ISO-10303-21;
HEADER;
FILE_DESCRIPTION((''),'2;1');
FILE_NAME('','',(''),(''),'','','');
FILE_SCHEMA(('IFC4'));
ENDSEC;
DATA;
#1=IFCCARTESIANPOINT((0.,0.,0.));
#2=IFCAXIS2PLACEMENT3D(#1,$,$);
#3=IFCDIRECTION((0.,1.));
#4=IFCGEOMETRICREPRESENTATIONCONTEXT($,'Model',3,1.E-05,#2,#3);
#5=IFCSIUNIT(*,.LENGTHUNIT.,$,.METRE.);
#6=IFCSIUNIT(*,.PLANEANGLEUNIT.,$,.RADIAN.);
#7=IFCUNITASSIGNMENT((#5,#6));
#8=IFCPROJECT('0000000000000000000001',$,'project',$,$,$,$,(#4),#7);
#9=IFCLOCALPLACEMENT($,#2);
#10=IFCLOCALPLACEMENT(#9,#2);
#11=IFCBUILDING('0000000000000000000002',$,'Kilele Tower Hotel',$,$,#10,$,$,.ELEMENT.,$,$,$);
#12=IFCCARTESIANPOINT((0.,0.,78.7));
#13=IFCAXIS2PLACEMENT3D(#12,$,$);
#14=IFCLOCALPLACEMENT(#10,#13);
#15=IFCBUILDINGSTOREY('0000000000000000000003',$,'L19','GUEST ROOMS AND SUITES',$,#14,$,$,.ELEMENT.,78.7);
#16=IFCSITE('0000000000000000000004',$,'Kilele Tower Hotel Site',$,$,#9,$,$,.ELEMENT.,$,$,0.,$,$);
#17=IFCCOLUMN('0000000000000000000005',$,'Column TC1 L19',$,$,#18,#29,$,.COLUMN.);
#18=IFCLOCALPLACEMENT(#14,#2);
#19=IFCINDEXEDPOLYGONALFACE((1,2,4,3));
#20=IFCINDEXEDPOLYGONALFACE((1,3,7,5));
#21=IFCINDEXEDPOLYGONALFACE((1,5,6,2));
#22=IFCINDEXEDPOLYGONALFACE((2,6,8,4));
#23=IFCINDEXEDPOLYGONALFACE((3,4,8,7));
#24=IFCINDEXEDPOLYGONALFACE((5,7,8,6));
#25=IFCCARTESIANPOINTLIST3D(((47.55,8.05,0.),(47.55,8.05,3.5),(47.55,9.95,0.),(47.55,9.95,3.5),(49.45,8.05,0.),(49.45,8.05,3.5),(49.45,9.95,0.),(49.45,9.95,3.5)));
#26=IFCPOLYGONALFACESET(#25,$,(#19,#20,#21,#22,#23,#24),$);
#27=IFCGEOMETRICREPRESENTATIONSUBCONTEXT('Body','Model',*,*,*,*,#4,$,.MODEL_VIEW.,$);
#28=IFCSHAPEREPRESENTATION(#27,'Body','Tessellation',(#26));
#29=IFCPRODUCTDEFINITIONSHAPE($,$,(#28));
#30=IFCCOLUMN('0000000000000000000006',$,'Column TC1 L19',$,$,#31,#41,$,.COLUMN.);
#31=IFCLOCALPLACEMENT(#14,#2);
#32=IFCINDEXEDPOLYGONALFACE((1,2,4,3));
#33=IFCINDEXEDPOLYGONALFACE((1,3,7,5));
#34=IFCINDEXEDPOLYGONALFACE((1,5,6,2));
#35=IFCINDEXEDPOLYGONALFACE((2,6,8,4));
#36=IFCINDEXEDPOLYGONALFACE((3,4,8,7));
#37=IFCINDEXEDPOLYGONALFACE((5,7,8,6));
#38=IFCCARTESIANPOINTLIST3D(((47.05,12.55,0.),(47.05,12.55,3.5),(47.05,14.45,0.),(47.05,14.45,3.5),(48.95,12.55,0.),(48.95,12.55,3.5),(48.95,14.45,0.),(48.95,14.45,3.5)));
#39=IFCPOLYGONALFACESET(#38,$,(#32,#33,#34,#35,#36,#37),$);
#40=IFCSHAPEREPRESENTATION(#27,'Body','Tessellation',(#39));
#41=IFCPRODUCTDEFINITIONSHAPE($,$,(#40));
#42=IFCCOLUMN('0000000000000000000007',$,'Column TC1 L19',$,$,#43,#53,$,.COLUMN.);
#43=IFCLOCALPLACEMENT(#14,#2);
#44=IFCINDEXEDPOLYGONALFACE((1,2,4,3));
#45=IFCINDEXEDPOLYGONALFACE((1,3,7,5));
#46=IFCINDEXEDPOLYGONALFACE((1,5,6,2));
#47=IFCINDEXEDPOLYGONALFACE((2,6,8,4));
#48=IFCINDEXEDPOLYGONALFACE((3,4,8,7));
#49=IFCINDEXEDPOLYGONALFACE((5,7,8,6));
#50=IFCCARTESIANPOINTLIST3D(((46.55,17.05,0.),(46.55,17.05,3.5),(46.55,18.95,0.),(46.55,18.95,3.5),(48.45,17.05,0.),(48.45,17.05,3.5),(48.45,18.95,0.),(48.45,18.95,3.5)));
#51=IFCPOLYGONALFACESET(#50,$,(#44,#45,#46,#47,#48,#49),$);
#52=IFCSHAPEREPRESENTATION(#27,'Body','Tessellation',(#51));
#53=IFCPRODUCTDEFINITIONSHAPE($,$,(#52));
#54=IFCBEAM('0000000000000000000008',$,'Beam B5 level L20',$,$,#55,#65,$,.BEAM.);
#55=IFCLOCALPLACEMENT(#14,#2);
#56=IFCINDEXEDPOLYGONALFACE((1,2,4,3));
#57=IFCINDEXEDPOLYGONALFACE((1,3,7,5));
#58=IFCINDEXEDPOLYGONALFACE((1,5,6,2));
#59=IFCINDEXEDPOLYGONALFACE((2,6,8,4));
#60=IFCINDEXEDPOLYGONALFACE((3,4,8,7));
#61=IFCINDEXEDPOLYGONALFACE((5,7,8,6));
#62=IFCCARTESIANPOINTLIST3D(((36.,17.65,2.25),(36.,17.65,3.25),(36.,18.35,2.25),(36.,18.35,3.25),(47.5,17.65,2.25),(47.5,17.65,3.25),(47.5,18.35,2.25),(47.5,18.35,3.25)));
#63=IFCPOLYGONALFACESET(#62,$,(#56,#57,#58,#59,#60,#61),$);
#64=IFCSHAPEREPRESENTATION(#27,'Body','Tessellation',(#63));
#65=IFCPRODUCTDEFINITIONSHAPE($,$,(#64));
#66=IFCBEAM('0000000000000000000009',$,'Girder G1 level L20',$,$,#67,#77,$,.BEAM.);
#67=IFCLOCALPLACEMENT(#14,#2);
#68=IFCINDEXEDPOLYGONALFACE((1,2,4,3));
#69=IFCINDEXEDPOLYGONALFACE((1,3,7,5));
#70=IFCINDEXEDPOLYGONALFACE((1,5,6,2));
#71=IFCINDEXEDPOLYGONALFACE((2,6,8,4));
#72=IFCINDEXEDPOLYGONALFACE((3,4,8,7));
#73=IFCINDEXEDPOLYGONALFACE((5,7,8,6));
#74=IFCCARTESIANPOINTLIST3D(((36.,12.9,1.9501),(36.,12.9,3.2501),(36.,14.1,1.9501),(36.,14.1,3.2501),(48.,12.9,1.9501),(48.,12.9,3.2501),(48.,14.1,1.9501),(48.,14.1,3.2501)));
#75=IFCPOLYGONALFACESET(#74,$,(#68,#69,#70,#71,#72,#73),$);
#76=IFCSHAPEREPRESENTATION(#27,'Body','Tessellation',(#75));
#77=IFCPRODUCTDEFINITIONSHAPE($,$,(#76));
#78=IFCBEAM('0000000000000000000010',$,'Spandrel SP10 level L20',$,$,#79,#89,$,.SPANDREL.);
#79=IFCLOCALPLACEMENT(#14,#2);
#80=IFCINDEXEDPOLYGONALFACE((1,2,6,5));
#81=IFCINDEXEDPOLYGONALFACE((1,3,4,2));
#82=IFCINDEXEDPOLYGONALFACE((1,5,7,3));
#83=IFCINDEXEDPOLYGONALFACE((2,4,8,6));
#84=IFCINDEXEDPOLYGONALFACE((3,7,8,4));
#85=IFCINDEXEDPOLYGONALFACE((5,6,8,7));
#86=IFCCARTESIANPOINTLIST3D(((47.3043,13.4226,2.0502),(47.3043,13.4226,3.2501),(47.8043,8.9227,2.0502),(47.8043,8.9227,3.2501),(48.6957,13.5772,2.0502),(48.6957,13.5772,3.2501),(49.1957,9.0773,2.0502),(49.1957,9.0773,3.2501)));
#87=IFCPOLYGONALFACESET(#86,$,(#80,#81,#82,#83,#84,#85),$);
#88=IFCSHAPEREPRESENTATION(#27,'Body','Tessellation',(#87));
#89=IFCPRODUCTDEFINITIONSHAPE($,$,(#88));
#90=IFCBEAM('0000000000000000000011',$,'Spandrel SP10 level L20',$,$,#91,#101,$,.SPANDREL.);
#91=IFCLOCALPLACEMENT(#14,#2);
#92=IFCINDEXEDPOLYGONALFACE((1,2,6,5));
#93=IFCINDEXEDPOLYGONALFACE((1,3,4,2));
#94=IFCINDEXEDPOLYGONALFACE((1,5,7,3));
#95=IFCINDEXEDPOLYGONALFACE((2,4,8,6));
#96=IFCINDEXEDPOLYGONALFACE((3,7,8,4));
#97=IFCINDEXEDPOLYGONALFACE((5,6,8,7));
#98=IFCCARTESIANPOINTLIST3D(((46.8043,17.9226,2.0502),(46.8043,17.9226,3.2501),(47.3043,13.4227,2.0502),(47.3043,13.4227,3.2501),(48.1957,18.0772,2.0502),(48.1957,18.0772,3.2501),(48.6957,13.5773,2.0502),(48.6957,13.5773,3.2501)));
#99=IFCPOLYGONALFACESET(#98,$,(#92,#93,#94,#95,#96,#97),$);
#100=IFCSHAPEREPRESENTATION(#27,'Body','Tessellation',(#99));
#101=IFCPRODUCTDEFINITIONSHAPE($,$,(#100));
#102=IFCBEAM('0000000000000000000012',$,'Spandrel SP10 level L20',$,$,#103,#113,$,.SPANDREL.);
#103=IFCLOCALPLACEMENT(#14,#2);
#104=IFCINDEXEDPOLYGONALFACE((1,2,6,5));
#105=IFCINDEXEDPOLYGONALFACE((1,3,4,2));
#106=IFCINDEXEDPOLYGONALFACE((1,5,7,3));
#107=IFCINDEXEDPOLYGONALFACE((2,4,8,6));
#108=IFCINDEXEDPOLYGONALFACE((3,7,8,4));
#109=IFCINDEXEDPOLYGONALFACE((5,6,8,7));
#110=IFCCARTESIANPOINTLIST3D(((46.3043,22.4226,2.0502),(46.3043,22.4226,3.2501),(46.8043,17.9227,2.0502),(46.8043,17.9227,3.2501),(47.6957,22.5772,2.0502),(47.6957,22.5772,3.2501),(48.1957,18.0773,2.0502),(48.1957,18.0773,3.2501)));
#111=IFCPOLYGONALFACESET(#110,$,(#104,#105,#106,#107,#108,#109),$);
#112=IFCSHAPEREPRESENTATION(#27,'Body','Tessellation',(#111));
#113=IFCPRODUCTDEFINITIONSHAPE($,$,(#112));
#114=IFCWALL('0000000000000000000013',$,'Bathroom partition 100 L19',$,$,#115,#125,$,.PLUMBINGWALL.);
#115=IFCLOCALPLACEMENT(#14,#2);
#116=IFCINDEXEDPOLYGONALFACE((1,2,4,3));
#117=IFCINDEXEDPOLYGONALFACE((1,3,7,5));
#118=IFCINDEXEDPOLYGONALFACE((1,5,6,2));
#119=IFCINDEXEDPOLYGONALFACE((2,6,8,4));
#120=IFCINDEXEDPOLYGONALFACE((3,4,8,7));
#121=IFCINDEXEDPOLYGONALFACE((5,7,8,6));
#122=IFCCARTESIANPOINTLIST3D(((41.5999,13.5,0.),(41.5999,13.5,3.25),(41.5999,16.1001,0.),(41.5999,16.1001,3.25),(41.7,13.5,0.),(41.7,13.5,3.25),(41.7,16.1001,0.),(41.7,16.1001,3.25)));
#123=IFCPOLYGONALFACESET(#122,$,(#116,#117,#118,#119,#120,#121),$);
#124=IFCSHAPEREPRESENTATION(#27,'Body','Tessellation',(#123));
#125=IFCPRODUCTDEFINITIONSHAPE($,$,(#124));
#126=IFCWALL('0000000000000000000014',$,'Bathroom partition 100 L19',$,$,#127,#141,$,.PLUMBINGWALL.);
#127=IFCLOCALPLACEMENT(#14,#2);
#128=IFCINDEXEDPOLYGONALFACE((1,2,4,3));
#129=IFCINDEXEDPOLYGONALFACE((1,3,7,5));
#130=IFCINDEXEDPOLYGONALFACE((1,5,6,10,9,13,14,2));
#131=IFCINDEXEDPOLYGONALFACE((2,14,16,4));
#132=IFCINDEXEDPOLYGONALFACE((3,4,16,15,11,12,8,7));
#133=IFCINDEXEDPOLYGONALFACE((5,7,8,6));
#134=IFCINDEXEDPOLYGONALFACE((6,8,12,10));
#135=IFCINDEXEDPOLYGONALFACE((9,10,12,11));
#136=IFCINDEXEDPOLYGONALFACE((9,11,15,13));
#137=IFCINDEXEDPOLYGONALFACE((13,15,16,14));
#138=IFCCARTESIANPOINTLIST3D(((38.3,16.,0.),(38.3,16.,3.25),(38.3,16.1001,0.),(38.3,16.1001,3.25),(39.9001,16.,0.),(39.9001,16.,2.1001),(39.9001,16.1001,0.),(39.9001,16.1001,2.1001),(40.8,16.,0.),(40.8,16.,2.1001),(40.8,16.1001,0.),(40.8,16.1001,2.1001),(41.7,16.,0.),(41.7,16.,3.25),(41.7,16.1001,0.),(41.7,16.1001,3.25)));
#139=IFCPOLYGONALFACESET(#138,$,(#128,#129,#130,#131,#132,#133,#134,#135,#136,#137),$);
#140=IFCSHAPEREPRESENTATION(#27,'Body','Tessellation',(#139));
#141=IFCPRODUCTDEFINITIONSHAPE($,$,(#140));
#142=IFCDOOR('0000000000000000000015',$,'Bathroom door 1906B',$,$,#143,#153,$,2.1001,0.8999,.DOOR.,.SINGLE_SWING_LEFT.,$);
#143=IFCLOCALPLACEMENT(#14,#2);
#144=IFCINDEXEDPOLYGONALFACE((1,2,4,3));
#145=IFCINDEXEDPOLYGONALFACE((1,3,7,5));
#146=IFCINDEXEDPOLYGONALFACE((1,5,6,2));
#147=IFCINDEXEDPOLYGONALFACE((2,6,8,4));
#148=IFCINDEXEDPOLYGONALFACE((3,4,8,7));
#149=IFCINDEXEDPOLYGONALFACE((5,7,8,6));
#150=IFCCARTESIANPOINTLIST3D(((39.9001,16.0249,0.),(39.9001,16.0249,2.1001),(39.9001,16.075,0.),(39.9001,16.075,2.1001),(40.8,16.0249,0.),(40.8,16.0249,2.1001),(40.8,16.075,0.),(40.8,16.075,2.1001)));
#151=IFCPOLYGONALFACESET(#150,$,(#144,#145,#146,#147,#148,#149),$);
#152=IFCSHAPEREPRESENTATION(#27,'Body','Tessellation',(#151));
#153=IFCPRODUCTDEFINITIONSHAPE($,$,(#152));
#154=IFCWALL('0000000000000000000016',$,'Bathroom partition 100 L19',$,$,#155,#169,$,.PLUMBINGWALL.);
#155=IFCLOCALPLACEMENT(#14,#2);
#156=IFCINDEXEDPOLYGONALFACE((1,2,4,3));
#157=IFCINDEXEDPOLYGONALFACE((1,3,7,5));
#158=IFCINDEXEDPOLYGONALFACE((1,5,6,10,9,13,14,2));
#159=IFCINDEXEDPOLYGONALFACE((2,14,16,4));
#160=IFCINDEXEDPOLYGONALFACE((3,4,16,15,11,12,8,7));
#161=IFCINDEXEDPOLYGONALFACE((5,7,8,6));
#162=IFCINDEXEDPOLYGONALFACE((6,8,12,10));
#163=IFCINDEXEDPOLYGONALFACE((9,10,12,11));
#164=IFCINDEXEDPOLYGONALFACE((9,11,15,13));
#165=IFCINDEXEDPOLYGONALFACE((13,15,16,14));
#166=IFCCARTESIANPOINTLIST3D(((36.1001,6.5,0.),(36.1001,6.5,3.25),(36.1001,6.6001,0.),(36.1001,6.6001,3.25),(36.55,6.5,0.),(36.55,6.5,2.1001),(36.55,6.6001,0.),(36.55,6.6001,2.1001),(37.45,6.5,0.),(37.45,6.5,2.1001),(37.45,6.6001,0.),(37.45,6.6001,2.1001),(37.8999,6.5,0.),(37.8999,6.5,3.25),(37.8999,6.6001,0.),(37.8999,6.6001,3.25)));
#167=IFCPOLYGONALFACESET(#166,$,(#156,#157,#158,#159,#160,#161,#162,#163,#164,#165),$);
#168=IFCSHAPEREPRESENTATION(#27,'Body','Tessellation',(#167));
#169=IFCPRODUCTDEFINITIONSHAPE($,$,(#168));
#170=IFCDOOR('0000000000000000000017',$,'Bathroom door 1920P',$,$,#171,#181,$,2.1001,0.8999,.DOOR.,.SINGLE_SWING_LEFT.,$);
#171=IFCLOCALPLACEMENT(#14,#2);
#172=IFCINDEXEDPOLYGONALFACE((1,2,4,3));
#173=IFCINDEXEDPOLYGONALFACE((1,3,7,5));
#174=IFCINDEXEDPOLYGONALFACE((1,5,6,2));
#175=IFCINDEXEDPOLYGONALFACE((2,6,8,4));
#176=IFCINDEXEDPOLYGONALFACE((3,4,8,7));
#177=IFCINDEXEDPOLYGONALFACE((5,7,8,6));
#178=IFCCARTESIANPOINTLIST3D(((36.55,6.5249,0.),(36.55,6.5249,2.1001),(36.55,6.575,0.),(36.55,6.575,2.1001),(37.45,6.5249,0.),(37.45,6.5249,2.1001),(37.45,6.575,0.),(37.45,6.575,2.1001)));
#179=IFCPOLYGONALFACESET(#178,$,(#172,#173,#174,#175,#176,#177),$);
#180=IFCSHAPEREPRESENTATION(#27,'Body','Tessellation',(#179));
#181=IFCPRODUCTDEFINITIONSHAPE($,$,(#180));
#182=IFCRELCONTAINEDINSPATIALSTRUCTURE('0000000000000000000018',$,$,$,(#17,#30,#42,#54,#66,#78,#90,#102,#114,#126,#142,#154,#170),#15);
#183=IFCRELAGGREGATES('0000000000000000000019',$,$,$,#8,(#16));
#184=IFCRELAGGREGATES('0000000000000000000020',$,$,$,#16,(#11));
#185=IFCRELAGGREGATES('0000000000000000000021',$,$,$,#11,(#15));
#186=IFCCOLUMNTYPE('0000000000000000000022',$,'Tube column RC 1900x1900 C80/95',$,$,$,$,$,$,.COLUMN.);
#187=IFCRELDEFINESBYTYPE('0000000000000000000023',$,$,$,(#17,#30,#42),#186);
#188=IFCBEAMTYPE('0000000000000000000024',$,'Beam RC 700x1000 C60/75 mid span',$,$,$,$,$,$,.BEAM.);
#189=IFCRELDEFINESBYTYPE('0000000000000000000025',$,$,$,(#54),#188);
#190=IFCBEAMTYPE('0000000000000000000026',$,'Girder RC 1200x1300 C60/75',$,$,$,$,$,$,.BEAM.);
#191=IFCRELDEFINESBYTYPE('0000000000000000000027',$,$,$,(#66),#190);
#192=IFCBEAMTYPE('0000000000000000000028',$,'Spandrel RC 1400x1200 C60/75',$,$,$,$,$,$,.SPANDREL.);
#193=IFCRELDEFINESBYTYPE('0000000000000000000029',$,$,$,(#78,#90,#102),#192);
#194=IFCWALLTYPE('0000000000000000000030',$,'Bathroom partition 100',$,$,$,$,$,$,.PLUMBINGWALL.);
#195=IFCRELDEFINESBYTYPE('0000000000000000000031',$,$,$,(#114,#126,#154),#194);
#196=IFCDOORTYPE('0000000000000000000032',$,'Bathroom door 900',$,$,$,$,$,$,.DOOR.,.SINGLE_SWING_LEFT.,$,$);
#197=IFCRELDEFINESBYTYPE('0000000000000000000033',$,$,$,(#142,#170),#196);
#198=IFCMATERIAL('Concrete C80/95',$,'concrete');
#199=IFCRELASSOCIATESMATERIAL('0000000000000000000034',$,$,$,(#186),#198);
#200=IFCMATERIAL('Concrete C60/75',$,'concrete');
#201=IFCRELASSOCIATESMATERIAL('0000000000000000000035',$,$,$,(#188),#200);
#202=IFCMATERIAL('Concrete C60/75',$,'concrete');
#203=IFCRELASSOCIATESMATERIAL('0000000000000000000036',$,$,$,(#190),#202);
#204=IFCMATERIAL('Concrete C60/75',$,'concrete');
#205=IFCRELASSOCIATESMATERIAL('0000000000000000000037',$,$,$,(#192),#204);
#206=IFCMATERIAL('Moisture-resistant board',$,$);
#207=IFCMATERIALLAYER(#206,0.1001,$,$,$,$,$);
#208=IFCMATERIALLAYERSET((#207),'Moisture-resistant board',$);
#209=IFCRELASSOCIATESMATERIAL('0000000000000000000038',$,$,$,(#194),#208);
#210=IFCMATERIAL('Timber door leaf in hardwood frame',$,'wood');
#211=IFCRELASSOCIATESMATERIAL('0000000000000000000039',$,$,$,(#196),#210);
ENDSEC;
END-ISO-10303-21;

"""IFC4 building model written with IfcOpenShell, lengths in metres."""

from ifc_helpers import new_model, si_unit, direction, frame, frame_2d, origin, origin_2d, place, context, subcontext, project, spatial, rectangle, extrude, material, layer, layer_set, material_profile, profile_set, type_object, element, fill, save


model = new_model("IFC4")

# Units and contexts
model_context = context("Model", 3, precision=1e-05, world=origin(), true_north=direction((0.0, 1.0)))
body_context = subcontext(model_context, "Body", "Model", "MODEL_VIEW")
ifc_project = project(units=[si_unit("LENGTHUNIT", "METRE"), si_unit("PLANEANGLEUNIT", "RADIAN")], contexts=[model_context])

# Site, building, storey
site_placement = place(None, origin())
site = spatial("IfcSite", under=ifc_project, at=site_placement, Name="Kilele Tower Hotel Site", CompositionType="ELEMENT", RefElevation=0.0)
building_placement = place(site_placement, origin())
building = spatial("IfcBuilding", under=site, at=building_placement, Name="Kilele Tower Hotel", CompositionType="ELEMENT")
storey_placement = place(building_placement, frame((0.0, 0.0, 78.7)))
storey = spatial("IfcBuildingStorey", under=building, at=storey_placement, Name="L19", Description="GUEST ROOMS AND SUITES", CompositionType="ELEMENT", Elevation=78.7)

# Columns
ifc_material_1 = material(Name="Concrete C80/95", Category="concrete")
ifc_material_profile_1 = material_profile(ifc_material_1, rectangle(XDim=1.8999, YDim=1.8999, at=origin_2d()))
ifc_profile_set_1 = profile_set([ifc_material_profile_1], Name="Concrete C80/95")
column_type = type_object("IfcColumnType", Name="Tube column RC 1900x1900 C80/95", PredefinedType="COLUMN", material=ifc_profile_set_1)
for number, where, z_axis, x_axis, name in (
    (1, (48.5, 9.0, 0.0), (0.0, 0.0, 1.0), (1.0, 0.0, 0.0), "Column TC1 L19"),
    (2, (48.0, 13.5, 0.0), (0.0, 0.0, 1.0), (1.0, 0.0, 0.0), "Column TC1 L19"),
    (3, (47.5, 18.0, 0.0), (0.0, 0.0, 1.0), (1.0, 0.0, 0.0), "Column TC1 L19"),
):
    element("IfcColumn", number, at=place(storey_placement, frame(where, z_axis=z_axis, x_axis=x_axis)), inside=storey, type_object=column_type, Name=name, PredefinedType="COLUMN", context=body_context, shape_type="SweptSolid", body=[
        extrude(rectangle(XDim=1.8999, YDim=1.8999, at=origin_2d()), origin(), (0.0, 0.0, 1.0), 3.5),
    ])

# Beams
ifc_material_2 = material(Name="Concrete C60/75", Category="concrete")
ifc_material_profile_2 = material_profile(ifc_material_2, rectangle(XDim=0.7, YDim=1.0, at=origin_2d()))
ifc_profile_set_2 = profile_set([ifc_material_profile_2], Name="Concrete C60/75")
beam_type_1 = type_object("IfcBeamType", Name="Beam RC 700x1000 C60/75 mid span", PredefinedType="BEAM", material=ifc_profile_set_2)
beam_1_placement = place(storey_placement, frame((47.5, 18.0, 2.75), z_axis=(-1.0, 0.0, 0.0), x_axis=(0.0, -1.0, 0.0)))
element("IfcBeam", 4, at=beam_1_placement, inside=storey, type_object=beam_type_1, Name="Beam B5 level L20", PredefinedType="BEAM", context=body_context, shape_type="SweptSolid", body=[
    extrude(rectangle(XDim=0.7, YDim=1.0, at=origin_2d()), origin(), (0.0, 0.0, 1.0), 11.5),
])
ifc_material_3 = material(Name="Concrete C60/75", Category="concrete")
ifc_material_profile_3 = material_profile(ifc_material_3, rectangle(XDim=1.2, YDim=1.3, at=origin_2d()))
ifc_profile_set_3 = profile_set([ifc_material_profile_3], Name="Concrete C60/75")
beam_type_2 = type_object("IfcBeamType", Name="Girder RC 1200x1300 C60/75", PredefinedType="BEAM", material=ifc_profile_set_3)
beam_2_placement = place(storey_placement, frame((48.0, 13.5, 2.6001), z_axis=(-1.0, 0.0, 0.0), x_axis=(0.0, -1.0, 0.0)))
element("IfcBeam", 5, at=beam_2_placement, inside=storey, type_object=beam_type_2, Name="Girder G1 level L20", PredefinedType="BEAM", context=body_context, shape_type="SweptSolid", body=[
    extrude(rectangle(XDim=1.2, YDim=1.3, at=origin_2d()), origin(), (0.0, 0.0, 1.0), 12.0),
])
ifc_material_4 = material(Name="Concrete C60/75", Category="concrete")
ifc_material_profile_4 = material_profile(ifc_material_4, rectangle(XDim=1.3999, YDim=1.2, at=origin_2d()))
ifc_profile_set_4 = profile_set([ifc_material_profile_4], Name="Concrete C60/75")
beam_type_3 = type_object("IfcBeamType", Name="Spandrel RC 1400x1200 C60/75", PredefinedType="SPANDREL", material=ifc_profile_set_4)
for number, where, z_axis, x_axis, name in (
    (6, (48.5, 9.0, 2.6501), (-0.110432, 0.993884, 0.0), (-0.993884, -0.110432, 0.0), "Spandrel SP10 level L20"),
    (7, (48.0, 13.5, 2.6501), (-0.110432, 0.993884, 0.0), (-0.993884, -0.110432, 0.0), "Spandrel SP10 level L20"),
    (8, (47.5, 18.0, 2.6501), (-0.110432, 0.993884, 0.0), (-0.993884, -0.110432, 0.0), "Spandrel SP10 level L20"),
):
    element("IfcBeam", number, at=place(storey_placement, frame(where, z_axis=z_axis, x_axis=x_axis)), inside=storey, type_object=beam_type_3, Name=name, PredefinedType="SPANDREL", context=body_context, shape_type="SweptSolid", body=[
        extrude(rectangle(XDim=1.3999, YDim=1.2, at=origin_2d()), origin(), (0.0, 0.0, 1.0), 4.5276),
    ])

# Wall
ifc_material_5 = material(Name="Moisture-resistant board")
ifc_layer_1 = layer(ifc_material_5, 0.1001)
ifc_layer_set_1 = layer_set([ifc_layer_1], Name="Moisture-resistant board")
wall_type_1 = type_object("IfcWallType", Name="Bathroom partition 100", PredefinedType="PLUMBINGWALL", material=ifc_layer_set_1)
wall_1_placement = place(storey_placement, frame((41.6499, 13.5, 0.0), z_axis=(0.0, 0.0, 1.0), x_axis=(0.0, 1.0, 0.0)))
element("IfcWall", 9, at=wall_1_placement, inside=storey, type_object=wall_type_1, Name="Bathroom partition 100 L19", PredefinedType="PLUMBINGWALL", context=body_context, shape_type="SweptSolid", body=[
    extrude(rectangle(XDim=2.6001, YDim=0.1001, at=frame_2d((1.3, 0.0))), origin(), (0.0, 0.0, 1.0), 3.25),
])

# Walls, openings, doors
wall_2_placement = place(storey_placement, frame((38.3, 16.05, 0.0), z_axis=(0.0, 0.0, 1.0), x_axis=(1.0, 0.0, 0.0)))
wall_2 = element("IfcWall", 10, at=wall_2_placement, inside=storey, type_object=wall_type_1, Name="Bathroom partition 100 L19", PredefinedType="PLUMBINGWALL", context=body_context, shape_type="SweptSolid", body=[
    extrude(rectangle(XDim=3.3999, YDim=0.1001, at=frame_2d((1.7, 0.0))), origin(), (0.0, 0.0, 1.0), 3.25),
])
opening_1_placement = place(wall_2_placement, frame((1.6001, 0.0, 0.0)))
opening_1 = element("IfcOpeningElement", 11, at=opening_1_placement, cuts=wall_2, PredefinedType="OPENING", context=body_context, shape_type="SweptSolid", body=[
    extrude(rectangle(XDim=0.8999, YDim=2.1001, at=frame_2d((0.45, 1.05))), frame((0.0, 0.0601, 0.0), z_axis=(0.0, -1.0, 0.0), x_axis=(1.0, 0.0, 0.0)), (0.0, 0.0, 1.0), 0.1201),
])
ifc_material_6 = material(Name="Timber door leaf in hardwood frame", Category="wood")
door_type_1 = type_object("IfcDoorType", Name="Bathroom door 900", OperationType="SINGLE_SWING_LEFT", PredefinedType="DOOR", material=ifc_material_6)
door_1_placement = place(opening_1_placement, origin())
door_1 = element("IfcDoor", 12, at=door_1_placement, inside=storey, type_object=door_type_1, Name="Bathroom door 1906B", OperationType="SINGLE_SWING_LEFT", OverallHeight=2.1001, OverallWidth=0.8999, PredefinedType="DOOR", context=body_context, shape_type="SweptSolid", body=[
    extrude(rectangle(XDim=0.8999, YDim=2.1001, at=frame_2d((0.45, 1.05))), frame((0.0, 0.0249, 0.0), z_axis=(0.0, -1.0, 0.0), x_axis=(1.0, 0.0, 0.0)), (0.0, 0.0, 1.0), 0.05),
])
fill(opening_1, door_1)
wall_3_placement = place(storey_placement, frame((36.1001, 6.55, 0.0), z_axis=(0.0, 0.0, 1.0), x_axis=(1.0, 0.0, 0.0)))
wall_3 = element("IfcWall", 13, at=wall_3_placement, inside=storey, type_object=wall_type_1, Name="Bathroom partition 100 L19", PredefinedType="PLUMBINGWALL", context=body_context, shape_type="SweptSolid", body=[
    extrude(rectangle(XDim=1.7998, YDim=0.1001, at=frame_2d((0.8999, 0.0))), origin(), (0.0, 0.0, 1.0), 3.25),
])
opening_2_placement = place(wall_3_placement, frame((0.45, 0.0, 0.0)))
opening_2 = element("IfcOpeningElement", 14, at=opening_2_placement, cuts=wall_3, PredefinedType="OPENING", context=body_context, shape_type="SweptSolid", body=[
    extrude(rectangle(XDim=0.8999, YDim=2.1001, at=frame_2d((0.45, 1.05))), frame((0.0, 0.0601, 0.0), z_axis=(0.0, -1.0, 0.0), x_axis=(1.0, 0.0, 0.0)), (0.0, 0.0, 1.0), 0.1201),
])
door_2_placement = place(opening_2_placement, origin())
door_2 = element("IfcDoor", 15, at=door_2_placement, inside=storey, type_object=door_type_1, Name="Bathroom door 1920P", OperationType="SINGLE_SWING_LEFT", OverallHeight=2.1001, OverallWidth=0.8999, PredefinedType="DOOR", context=body_context, shape_type="SweptSolid", body=[
    extrude(rectangle(XDim=0.8999, YDim=2.1001, at=frame_2d((0.45, 1.05))), frame((0.0, 0.0249, 0.0), z_axis=(0.0, -1.0, 0.0), x_axis=(1.0, 0.0, 0.0)), (0.0, 0.0, 1.0), 0.05),
])
fill(opening_2, door_2)

save(model, "model.ifc")
